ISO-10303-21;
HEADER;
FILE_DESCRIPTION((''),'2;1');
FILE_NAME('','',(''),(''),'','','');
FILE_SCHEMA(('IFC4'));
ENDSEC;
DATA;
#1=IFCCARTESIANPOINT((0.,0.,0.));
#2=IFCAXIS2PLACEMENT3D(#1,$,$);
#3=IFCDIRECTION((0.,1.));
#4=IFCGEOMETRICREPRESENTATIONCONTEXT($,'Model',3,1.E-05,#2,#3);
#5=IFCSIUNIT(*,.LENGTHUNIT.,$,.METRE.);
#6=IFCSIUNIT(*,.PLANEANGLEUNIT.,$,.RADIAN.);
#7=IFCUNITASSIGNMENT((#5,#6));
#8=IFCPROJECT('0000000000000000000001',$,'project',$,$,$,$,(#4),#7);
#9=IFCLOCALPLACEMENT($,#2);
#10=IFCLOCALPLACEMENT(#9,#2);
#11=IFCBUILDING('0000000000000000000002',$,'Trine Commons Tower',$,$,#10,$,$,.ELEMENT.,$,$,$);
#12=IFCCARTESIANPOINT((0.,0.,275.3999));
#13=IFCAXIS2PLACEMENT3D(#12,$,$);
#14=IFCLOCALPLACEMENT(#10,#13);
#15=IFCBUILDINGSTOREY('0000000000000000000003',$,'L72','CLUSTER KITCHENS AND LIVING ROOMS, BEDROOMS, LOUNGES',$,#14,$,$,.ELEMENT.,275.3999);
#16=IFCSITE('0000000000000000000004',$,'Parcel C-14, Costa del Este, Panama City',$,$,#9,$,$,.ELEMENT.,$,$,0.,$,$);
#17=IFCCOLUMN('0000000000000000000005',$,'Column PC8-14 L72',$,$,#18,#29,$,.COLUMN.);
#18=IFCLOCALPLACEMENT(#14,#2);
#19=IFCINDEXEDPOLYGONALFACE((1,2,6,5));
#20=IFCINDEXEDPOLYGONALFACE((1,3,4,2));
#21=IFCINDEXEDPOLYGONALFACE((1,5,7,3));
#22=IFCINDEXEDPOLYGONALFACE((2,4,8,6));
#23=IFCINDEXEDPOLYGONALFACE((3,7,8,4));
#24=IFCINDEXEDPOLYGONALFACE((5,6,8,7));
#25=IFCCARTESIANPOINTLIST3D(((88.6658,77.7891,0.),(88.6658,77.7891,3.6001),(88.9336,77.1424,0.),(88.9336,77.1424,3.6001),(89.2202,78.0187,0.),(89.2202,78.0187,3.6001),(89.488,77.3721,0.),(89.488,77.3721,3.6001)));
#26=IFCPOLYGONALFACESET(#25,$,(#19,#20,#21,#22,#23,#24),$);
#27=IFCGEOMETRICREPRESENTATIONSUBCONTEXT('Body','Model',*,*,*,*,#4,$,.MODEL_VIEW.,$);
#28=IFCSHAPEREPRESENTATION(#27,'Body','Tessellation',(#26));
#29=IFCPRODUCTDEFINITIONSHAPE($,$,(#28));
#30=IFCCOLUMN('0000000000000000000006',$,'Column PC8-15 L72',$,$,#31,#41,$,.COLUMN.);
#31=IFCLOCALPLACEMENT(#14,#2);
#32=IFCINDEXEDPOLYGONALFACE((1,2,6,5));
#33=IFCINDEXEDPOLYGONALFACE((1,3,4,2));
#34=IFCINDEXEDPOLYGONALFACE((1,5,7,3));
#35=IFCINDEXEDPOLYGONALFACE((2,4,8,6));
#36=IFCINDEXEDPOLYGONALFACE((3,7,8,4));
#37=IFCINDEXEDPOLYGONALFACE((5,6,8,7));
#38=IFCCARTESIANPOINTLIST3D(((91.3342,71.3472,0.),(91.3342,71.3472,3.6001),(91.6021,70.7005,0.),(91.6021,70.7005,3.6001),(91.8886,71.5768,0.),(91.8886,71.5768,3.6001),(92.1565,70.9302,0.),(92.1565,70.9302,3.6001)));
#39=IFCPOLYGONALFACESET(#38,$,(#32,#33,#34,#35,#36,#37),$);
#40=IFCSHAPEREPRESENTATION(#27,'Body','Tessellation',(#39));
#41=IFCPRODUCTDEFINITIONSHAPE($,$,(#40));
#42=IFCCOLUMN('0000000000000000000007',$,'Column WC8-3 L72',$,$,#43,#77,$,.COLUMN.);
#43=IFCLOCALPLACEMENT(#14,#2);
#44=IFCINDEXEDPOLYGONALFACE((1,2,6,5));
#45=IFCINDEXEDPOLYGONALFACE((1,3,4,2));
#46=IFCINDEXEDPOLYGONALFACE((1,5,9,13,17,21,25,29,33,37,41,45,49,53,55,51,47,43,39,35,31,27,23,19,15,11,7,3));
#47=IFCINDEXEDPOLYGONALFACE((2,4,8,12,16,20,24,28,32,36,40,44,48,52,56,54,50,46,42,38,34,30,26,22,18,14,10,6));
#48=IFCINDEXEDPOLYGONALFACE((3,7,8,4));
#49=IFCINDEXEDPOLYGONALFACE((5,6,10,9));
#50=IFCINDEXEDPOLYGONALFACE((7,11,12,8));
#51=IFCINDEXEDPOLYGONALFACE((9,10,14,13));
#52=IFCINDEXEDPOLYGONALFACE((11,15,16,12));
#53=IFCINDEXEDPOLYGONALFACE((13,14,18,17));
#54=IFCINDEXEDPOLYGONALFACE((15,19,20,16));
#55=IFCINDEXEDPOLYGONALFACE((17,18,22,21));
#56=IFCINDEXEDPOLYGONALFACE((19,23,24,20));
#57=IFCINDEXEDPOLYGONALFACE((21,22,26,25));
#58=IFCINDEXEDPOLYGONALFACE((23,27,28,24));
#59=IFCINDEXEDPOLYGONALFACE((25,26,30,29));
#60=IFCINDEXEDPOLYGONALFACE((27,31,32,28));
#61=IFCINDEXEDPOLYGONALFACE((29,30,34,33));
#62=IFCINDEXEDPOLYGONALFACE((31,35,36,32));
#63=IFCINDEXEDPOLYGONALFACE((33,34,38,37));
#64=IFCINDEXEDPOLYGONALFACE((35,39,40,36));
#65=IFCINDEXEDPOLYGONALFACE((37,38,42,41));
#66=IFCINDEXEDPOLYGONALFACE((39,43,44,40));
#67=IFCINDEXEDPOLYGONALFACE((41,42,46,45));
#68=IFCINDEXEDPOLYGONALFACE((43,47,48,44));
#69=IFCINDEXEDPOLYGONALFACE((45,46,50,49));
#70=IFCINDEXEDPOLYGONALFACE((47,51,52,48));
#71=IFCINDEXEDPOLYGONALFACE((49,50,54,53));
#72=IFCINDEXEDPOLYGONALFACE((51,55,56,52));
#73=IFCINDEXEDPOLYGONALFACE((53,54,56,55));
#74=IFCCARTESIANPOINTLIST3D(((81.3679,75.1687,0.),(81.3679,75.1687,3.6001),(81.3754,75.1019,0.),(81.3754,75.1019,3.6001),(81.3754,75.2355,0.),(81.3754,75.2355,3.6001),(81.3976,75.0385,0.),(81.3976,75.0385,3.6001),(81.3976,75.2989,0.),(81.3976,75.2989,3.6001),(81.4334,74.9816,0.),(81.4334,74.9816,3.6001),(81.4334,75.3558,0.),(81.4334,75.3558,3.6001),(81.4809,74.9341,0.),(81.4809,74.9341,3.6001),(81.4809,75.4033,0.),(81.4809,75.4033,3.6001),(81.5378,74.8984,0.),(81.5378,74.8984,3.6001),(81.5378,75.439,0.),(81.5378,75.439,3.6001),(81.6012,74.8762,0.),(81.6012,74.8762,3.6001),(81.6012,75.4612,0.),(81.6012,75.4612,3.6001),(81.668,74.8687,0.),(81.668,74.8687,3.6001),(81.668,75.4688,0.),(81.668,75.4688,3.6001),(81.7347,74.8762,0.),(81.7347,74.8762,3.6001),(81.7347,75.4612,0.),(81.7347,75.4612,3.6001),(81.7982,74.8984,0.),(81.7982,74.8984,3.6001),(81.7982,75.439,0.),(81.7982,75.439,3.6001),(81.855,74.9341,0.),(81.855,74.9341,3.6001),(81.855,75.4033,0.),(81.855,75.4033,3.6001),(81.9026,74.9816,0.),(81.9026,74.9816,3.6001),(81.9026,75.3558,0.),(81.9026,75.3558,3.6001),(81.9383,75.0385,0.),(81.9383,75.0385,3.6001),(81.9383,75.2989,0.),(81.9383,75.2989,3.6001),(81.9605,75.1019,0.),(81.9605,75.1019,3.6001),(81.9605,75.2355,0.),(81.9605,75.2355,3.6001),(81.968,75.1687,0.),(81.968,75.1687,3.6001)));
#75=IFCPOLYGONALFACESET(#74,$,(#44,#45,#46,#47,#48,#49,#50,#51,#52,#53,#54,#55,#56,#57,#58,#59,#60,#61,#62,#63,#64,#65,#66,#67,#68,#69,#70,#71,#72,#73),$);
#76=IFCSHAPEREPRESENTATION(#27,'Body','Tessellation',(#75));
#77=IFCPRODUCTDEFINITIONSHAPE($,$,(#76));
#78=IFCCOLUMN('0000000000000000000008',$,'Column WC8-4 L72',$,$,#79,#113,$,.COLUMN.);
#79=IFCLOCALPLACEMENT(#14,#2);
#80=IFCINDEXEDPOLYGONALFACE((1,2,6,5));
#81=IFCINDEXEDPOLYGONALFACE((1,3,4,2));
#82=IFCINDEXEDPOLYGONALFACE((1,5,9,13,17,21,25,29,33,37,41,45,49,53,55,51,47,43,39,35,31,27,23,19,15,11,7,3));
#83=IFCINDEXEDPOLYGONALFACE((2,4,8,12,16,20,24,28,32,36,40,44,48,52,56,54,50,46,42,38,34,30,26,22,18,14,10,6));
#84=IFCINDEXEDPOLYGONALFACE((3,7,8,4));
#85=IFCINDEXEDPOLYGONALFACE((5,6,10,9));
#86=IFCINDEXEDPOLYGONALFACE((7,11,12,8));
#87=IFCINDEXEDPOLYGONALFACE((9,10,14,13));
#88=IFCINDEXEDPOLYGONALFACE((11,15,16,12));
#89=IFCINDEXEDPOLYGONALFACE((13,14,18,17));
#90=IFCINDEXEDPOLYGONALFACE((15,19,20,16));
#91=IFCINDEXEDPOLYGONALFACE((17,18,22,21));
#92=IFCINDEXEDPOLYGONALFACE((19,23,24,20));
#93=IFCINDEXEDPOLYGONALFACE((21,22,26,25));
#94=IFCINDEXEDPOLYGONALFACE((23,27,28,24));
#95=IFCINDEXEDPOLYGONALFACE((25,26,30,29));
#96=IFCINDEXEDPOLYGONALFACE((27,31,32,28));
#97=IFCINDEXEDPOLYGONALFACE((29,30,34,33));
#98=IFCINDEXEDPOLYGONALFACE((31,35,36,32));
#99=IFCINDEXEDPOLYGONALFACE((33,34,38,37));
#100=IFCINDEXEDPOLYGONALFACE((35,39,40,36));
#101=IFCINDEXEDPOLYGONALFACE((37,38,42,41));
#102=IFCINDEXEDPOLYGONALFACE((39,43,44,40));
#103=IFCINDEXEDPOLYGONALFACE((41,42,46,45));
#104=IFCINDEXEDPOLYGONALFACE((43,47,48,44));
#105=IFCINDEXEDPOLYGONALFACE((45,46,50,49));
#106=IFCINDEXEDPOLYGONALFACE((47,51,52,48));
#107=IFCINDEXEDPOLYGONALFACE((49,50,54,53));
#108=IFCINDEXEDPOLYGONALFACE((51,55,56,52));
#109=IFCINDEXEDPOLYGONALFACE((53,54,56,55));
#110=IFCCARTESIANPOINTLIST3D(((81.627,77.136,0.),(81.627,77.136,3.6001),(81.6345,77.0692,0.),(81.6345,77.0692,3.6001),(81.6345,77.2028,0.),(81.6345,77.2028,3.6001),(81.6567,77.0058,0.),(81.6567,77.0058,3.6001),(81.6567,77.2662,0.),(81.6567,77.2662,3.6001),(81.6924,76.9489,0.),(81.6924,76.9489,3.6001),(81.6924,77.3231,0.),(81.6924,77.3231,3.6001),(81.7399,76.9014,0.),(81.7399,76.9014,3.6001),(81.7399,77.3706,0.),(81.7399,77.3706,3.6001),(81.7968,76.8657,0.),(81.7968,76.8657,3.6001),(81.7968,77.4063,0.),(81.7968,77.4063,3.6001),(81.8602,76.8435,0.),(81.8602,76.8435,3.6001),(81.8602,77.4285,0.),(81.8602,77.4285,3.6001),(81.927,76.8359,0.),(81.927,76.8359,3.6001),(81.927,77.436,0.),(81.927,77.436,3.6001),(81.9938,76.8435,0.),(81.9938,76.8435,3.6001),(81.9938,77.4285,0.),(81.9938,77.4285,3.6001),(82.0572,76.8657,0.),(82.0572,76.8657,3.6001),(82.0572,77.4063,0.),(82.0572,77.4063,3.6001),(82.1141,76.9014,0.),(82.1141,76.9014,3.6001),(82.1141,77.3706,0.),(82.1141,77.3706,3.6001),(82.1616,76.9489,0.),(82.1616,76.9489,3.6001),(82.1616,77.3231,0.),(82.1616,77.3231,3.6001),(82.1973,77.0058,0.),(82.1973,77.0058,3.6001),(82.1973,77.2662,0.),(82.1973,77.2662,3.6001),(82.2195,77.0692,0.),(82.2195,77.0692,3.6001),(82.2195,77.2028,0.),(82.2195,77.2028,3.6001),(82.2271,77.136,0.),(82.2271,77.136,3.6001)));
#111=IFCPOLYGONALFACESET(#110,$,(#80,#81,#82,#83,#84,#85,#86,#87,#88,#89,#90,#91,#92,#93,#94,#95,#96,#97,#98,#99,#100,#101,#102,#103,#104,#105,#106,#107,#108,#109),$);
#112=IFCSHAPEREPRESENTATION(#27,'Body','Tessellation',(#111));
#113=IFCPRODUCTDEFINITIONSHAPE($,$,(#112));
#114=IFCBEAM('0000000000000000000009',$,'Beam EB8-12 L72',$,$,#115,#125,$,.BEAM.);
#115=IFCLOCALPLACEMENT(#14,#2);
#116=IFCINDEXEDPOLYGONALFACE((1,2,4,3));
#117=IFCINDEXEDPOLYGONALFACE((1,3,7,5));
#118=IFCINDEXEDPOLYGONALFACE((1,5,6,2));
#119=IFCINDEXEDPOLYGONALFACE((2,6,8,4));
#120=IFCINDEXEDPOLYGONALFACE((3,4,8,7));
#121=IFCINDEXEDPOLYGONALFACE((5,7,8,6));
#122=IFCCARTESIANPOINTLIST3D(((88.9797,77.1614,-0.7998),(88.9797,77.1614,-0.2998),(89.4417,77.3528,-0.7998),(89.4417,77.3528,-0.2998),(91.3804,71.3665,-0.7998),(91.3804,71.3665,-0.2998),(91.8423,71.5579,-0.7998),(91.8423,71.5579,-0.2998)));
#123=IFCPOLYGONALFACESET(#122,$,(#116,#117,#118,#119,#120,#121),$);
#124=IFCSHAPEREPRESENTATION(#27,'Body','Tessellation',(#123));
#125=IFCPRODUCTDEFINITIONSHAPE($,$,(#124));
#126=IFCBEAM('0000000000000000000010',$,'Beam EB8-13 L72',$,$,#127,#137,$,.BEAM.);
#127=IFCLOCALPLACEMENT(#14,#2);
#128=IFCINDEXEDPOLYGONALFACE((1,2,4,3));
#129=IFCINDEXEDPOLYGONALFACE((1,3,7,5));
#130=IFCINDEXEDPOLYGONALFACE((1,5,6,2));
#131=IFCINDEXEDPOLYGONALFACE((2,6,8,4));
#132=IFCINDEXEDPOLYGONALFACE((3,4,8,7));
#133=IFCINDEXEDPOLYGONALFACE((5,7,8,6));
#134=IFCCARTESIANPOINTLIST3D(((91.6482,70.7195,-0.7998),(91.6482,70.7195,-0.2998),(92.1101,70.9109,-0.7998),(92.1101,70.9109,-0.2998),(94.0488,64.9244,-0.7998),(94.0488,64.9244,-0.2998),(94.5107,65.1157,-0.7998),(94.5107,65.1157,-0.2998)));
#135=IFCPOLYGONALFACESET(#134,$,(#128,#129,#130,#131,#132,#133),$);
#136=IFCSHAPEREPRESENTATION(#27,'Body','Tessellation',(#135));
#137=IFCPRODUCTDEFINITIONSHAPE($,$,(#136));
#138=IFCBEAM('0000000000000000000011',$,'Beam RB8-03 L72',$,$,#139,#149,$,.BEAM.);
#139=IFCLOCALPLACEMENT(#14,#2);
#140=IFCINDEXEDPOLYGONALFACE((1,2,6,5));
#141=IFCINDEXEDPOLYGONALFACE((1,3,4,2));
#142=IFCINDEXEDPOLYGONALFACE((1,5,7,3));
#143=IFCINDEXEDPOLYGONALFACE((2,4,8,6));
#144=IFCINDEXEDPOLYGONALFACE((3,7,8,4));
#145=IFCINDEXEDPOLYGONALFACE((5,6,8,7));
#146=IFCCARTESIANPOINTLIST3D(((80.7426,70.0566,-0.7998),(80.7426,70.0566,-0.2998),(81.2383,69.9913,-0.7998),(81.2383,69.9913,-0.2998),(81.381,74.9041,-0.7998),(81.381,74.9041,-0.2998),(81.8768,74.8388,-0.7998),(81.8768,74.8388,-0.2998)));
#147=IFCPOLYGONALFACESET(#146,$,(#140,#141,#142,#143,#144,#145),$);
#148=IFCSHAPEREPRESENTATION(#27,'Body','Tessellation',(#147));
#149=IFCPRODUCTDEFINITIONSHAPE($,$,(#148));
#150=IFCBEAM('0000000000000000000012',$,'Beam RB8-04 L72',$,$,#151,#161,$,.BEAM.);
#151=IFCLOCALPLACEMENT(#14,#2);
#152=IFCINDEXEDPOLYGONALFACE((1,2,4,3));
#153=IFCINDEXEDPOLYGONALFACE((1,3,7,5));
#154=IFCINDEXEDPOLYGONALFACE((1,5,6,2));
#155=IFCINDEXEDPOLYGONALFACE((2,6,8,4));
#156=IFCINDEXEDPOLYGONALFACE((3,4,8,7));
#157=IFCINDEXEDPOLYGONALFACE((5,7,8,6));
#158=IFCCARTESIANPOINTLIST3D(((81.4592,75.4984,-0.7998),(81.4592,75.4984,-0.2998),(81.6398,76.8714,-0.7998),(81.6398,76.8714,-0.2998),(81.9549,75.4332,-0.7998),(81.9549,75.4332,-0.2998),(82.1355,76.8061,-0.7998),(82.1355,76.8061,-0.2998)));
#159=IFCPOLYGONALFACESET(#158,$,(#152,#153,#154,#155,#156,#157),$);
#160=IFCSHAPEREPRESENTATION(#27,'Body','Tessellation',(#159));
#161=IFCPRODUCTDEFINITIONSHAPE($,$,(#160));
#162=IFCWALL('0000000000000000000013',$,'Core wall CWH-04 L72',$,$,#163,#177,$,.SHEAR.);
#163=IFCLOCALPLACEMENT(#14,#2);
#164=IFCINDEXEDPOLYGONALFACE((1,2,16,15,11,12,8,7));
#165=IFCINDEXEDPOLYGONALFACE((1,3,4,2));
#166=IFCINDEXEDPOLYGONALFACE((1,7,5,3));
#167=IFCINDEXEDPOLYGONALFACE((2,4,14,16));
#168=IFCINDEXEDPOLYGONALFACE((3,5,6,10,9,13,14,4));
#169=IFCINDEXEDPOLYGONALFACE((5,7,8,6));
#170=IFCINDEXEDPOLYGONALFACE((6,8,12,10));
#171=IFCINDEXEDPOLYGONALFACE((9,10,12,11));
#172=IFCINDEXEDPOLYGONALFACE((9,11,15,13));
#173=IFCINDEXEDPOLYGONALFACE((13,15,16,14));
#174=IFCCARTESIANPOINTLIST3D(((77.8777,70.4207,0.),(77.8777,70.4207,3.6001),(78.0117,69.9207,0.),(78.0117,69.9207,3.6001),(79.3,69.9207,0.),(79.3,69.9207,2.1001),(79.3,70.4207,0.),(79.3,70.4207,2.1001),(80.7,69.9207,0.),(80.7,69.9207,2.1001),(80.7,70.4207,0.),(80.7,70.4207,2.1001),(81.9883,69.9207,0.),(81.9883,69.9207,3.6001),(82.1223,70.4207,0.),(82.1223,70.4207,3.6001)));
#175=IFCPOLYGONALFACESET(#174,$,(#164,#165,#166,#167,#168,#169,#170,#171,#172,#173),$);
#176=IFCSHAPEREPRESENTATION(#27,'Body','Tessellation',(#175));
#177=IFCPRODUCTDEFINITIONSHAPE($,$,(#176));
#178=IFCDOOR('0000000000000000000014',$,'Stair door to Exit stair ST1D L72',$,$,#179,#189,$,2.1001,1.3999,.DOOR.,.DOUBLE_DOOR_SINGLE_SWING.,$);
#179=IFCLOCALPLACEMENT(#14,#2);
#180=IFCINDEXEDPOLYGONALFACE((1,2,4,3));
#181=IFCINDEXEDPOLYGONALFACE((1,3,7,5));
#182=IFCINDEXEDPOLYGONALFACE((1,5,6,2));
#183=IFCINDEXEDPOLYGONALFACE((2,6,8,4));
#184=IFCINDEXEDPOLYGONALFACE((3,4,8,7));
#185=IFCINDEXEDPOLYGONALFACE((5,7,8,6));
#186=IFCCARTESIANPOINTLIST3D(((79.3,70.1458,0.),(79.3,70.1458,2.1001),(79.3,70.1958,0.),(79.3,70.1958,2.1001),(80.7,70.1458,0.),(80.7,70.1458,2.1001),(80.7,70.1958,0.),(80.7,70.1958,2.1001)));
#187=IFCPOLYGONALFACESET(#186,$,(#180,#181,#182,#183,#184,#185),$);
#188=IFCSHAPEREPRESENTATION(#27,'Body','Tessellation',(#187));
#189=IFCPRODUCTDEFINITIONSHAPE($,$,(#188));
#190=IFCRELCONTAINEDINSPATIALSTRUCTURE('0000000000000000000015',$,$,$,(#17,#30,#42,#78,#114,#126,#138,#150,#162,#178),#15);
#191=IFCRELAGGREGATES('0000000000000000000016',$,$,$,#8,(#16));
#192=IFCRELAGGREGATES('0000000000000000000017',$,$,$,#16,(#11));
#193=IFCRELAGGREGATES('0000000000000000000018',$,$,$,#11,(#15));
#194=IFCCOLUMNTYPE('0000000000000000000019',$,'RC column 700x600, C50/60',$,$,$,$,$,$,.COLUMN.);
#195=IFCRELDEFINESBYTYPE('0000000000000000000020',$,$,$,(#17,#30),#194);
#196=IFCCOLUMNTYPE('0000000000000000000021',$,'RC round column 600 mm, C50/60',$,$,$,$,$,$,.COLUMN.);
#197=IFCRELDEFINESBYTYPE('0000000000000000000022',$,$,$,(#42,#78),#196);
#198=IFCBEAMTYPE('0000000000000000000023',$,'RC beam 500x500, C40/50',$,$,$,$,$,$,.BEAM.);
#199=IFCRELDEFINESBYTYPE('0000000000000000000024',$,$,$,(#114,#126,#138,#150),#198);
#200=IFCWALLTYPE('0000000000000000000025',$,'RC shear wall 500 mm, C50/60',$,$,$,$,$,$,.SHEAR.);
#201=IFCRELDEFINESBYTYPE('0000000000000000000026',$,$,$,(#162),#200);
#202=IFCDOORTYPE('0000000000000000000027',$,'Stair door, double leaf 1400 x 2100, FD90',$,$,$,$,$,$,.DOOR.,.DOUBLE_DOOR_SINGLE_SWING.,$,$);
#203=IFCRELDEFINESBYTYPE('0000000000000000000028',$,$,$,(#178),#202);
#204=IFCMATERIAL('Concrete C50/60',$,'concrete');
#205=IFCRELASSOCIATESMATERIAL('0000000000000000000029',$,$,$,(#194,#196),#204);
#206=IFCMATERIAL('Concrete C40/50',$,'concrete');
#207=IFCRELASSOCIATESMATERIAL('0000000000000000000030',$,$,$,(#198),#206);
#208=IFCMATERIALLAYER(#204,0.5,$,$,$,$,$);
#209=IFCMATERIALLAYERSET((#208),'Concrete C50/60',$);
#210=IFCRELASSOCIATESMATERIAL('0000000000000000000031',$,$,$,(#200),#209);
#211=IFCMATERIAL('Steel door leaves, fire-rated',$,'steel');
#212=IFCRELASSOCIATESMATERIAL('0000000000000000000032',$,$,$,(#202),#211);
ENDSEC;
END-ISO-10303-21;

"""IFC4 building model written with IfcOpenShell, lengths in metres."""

from ifc_helpers import new_model, si_unit, direction, frame, frame_2d, origin, origin_2d, place, context, subcontext, project, spatial, polyline, rectangle, circle, outline, extrude, material, layer, layer_set, material_profile, profile_set, type_object, element, fill, save


model = new_model("IFC4")

# Units and contexts
model_context = context("Model", 3, precision=1e-05, world=origin(), true_north=direction((0.0, 1.0)))
body_context = subcontext(model_context, "Body", "Model", "MODEL_VIEW")
ifc_project = project(units=[si_unit("LENGTHUNIT", "METRE"), si_unit("PLANEANGLEUNIT", "RADIAN")], contexts=[model_context])

# Site, building, storey
site_placement = place(None, origin())
site = spatial("IfcSite", under=ifc_project, at=site_placement, Name="Parcel C-14, Costa del Este, Panama City", CompositionType="ELEMENT", RefElevation=0.0)
building_placement = place(site_placement, origin())
building = spatial("IfcBuilding", under=site, at=building_placement, Name="Trine Commons Tower", CompositionType="ELEMENT")
storey_placement = place(building_placement, frame((0.0, 0.0, 275.3999)))
storey = spatial("IfcBuildingStorey", under=building, at=storey_placement, Name="L72", Description="CLUSTER KITCHENS AND LIVING ROOMS, BEDROOMS, LOUNGES", CompositionType="ELEMENT", Elevation=275.3999)

# Columns
ifc_material_1 = material(Name="Concrete C50/60", Category="concrete")
ifc_material_profile_1 = material_profile(ifc_material_1, rectangle(XDim=0.7, YDim=0.6001, at=origin_2d()), Name="RC 700x600")
ifc_profile_set_1 = profile_set([ifc_material_profile_1], Name="Concrete C50/60")
column_type_1 = type_object("IfcColumnType", Name="RC column 700x600, C50/60", PredefinedType="COLUMN", material=ifc_profile_set_1)
for number, where, z_axis, x_axis, name in (
    (1, (89.0769, 77.5806, 0.0), (0.0, 0.0, 1.0), (-0.382683, 0.92388, 0.0), "Column PC8-14 L72"),
    (2, (91.7454, 71.1387, 0.0), (0.0, 0.0, 1.0), (-0.382683, 0.92388, 0.0), "Column PC8-15 L72"),
):
    element("IfcColumn", number, at=place(storey_placement, frame(where, z_axis=z_axis, x_axis=x_axis)), inside=storey, type_object=column_type_1, Name=name, PredefinedType="COLUMN", context=body_context, shape_type="SweptSolid", body=[
        extrude(rectangle(XDim=0.7, YDim=0.6001, at=origin_2d()), origin(), (0.0, 0.0, 1.0), 3.6001),
    ])
ifc_material_profile_2 = material_profile(ifc_material_1, circle(Radius=0.3, at=origin_2d()), Name="RC round 600")
ifc_profile_set_2 = profile_set([ifc_material_profile_2], Name="Concrete C50/60")
column_type_2 = type_object("IfcColumnType", Name="RC round column 600 mm, C50/60", PredefinedType="COLUMN", material=ifc_profile_set_2)
for number, where, z_axis, x_axis, name in (
    (3, (81.668, 75.1687, 0.0), (0.0, 0.0, 1.0), (1.0, 0.0, 0.0), "Column WC8-3 L72"),
    (4, (81.927, 77.136, 0.0), (0.0, 0.0, 1.0), (1.0, 0.0, 0.0), "Column WC8-4 L72"),
):
    element("IfcColumn", number, at=place(storey_placement, frame(where, z_axis=z_axis, x_axis=x_axis)), inside=storey, type_object=column_type_2, Name=name, PredefinedType="COLUMN", context=body_context, shape_type="SweptSolid", body=[
        extrude(circle(Radius=0.3, at=origin_2d()), origin(), (0.0, 0.0, 1.0), 3.6001),
    ])

# Beams
ifc_material_2 = material(Name="Concrete C40/50", Category="concrete")
ifc_material_profile_3 = material_profile(ifc_material_2, rectangle(XDim=0.5, YDim=0.5, at=origin_2d()), Name="RC 500x500")
ifc_profile_set_3 = profile_set([ifc_material_profile_3], Name="Concrete C40/50")
beam_type = type_object("IfcBeamType", Name="RC beam 500x500, C40/50", PredefinedType="BEAM", material=ifc_profile_set_3)
beam_1_placement = place(storey_placement, frame((89.2107, 77.2571, -0.5498), z_axis=(0.382724, -0.923863, 0.0), x_axis=(0.923863, 0.382724, 0.0)))
element("IfcBeam", 5, at=beam_1_placement, inside=storey, type_object=beam_type, Name="Beam EB8-12 L72", PredefinedType="BEAM", context=body_context, shape_type="SweptSolid", body=[
    extrude(rectangle(XDim=0.5, YDim=0.5, at=origin_2d()), origin(), (0.0, 0.0, 1.0), 6.2725),
])
beam_2_placement = place(storey_placement, frame((91.8792, 70.8152, -0.5498), z_axis=(0.38271, -0.923868, 0.0), x_axis=(0.923868, 0.38271, 0.0)))
element("IfcBeam", 6, at=beam_2_placement, inside=storey, type_object=beam_type, Name="Beam EB8-13 L72", PredefinedType="BEAM", context=body_context, shape_type="SweptSolid", body=[
    extrude(rectangle(XDim=0.5, YDim=0.5, at=origin_2d()), origin(), (0.0, 0.0, 1.0), 6.2727),
])
beam_3_placement = place(storey_placement, frame((80.9905, 70.0239, -0.5498), z_axis=(0.130571, 0.991439, 0.0), x_axis=(-0.991439, 0.130571, 0.0)))
element("IfcBeam", 7, at=beam_3_placement, inside=storey, type_object=beam_type, Name="Beam RB8-03 L72", PredefinedType="BEAM", context=body_context, shape_type="SweptSolid", body=[
    extrude(rectangle(XDim=0.5, YDim=0.5, at=origin_2d()), origin(), (0.0, 0.0, 1.0), 4.8894),
])
beam_4_placement = place(storey_placement, frame((81.707, 75.4658, -0.5498), z_axis=(0.130455, 0.991454, 0.0), x_axis=(-0.991454, 0.130455, 0.0)))
element("IfcBeam", 8, at=beam_4_placement, inside=storey, type_object=beam_type, Name="Beam RB8-04 L72", PredefinedType="BEAM", context=body_context, shape_type="SweptSolid", body=[
    extrude(rectangle(XDim=0.5, YDim=0.5, at=origin_2d()), origin(), (0.0, 0.0, 1.0), 1.3848),
])

# Wall, opening, door
ifc_layer_1 = layer(ifc_material_1, 0.5)
ifc_layer_set_1 = layer_set([ifc_layer_1], Name="Concrete C50/60")
wall_type_1 = type_object("IfcWallType", Name="RC shear wall 500 mm, C50/60", PredefinedType="SHEAR", material=ifc_layer_set_1)
wall_1_placement = place(storey_placement, frame((82.1223, 70.1707, 0.0), z_axis=(0.0, 0.0, 1.0), x_axis=(-1.0, 0.0, 0.0)))
wall_1 = element("IfcWall", 9, at=wall_1_placement, inside=storey, type_object=wall_type_1, Name="Core wall CWH-04 L72", PredefinedType="SHEAR", context=body_context, shape_type="SweptSolid", body=[
    extrude(outline(polyline([(0.0, -0.25), (4.2446, -0.25), (4.1106, 0.25), (0.134, 0.25), (0.0, -0.25)])), origin(), (0.0, 0.0, 1.0), 3.6001),
])
opening_1_placement = place(wall_1_placement, frame((1.4224, 0.0, 0.0)))
opening_1 = element("IfcOpeningElement", 10, at=opening_1_placement, cuts=wall_1, PredefinedType="OPENING", context=body_context, shape_type="SweptSolid", body=[
    extrude(rectangle(XDim=1.3999, YDim=2.1001, at=frame_2d((0.7, 1.05))), frame((0.0, 0.26, 0.0), z_axis=(0.0, -1.0, 0.0), x_axis=(1.0, 0.0, 0.0)), (0.0, 0.0, 1.0), 0.52),
])
ifc_material_3 = material(Name="Steel door leaves, fire-rated", Category="steel")
door_type_1 = type_object("IfcDoorType", Name="Stair door, double leaf 1400 x 2100, FD90", OperationType="DOUBLE_DOOR_SINGLE_SWING", PredefinedType="DOOR", material=ifc_material_3)
door_1_placement = place(opening_1_placement, origin())
door_1 = element("IfcDoor", 11, at=door_1_placement, inside=storey, type_object=door_type_1, Name="Stair door to Exit stair ST1D L72", OperationType="DOUBLE_DOOR_SINGLE_SWING", OverallHeight=2.1001, OverallWidth=1.3999, PredefinedType="DOOR", context=body_context, shape_type="SweptSolid", body=[
    extrude(rectangle(XDim=1.3999, YDim=2.1001, at=frame_2d((0.7, 1.05))), frame((0.0, 0.0249, 0.0), z_axis=(0.0, -1.0, 0.0), x_axis=(1.0, 0.0, 0.0)), (0.0, 0.0, 1.0), 0.05),
])
fill(opening_1, door_1)

save(model, "model.ifc")
